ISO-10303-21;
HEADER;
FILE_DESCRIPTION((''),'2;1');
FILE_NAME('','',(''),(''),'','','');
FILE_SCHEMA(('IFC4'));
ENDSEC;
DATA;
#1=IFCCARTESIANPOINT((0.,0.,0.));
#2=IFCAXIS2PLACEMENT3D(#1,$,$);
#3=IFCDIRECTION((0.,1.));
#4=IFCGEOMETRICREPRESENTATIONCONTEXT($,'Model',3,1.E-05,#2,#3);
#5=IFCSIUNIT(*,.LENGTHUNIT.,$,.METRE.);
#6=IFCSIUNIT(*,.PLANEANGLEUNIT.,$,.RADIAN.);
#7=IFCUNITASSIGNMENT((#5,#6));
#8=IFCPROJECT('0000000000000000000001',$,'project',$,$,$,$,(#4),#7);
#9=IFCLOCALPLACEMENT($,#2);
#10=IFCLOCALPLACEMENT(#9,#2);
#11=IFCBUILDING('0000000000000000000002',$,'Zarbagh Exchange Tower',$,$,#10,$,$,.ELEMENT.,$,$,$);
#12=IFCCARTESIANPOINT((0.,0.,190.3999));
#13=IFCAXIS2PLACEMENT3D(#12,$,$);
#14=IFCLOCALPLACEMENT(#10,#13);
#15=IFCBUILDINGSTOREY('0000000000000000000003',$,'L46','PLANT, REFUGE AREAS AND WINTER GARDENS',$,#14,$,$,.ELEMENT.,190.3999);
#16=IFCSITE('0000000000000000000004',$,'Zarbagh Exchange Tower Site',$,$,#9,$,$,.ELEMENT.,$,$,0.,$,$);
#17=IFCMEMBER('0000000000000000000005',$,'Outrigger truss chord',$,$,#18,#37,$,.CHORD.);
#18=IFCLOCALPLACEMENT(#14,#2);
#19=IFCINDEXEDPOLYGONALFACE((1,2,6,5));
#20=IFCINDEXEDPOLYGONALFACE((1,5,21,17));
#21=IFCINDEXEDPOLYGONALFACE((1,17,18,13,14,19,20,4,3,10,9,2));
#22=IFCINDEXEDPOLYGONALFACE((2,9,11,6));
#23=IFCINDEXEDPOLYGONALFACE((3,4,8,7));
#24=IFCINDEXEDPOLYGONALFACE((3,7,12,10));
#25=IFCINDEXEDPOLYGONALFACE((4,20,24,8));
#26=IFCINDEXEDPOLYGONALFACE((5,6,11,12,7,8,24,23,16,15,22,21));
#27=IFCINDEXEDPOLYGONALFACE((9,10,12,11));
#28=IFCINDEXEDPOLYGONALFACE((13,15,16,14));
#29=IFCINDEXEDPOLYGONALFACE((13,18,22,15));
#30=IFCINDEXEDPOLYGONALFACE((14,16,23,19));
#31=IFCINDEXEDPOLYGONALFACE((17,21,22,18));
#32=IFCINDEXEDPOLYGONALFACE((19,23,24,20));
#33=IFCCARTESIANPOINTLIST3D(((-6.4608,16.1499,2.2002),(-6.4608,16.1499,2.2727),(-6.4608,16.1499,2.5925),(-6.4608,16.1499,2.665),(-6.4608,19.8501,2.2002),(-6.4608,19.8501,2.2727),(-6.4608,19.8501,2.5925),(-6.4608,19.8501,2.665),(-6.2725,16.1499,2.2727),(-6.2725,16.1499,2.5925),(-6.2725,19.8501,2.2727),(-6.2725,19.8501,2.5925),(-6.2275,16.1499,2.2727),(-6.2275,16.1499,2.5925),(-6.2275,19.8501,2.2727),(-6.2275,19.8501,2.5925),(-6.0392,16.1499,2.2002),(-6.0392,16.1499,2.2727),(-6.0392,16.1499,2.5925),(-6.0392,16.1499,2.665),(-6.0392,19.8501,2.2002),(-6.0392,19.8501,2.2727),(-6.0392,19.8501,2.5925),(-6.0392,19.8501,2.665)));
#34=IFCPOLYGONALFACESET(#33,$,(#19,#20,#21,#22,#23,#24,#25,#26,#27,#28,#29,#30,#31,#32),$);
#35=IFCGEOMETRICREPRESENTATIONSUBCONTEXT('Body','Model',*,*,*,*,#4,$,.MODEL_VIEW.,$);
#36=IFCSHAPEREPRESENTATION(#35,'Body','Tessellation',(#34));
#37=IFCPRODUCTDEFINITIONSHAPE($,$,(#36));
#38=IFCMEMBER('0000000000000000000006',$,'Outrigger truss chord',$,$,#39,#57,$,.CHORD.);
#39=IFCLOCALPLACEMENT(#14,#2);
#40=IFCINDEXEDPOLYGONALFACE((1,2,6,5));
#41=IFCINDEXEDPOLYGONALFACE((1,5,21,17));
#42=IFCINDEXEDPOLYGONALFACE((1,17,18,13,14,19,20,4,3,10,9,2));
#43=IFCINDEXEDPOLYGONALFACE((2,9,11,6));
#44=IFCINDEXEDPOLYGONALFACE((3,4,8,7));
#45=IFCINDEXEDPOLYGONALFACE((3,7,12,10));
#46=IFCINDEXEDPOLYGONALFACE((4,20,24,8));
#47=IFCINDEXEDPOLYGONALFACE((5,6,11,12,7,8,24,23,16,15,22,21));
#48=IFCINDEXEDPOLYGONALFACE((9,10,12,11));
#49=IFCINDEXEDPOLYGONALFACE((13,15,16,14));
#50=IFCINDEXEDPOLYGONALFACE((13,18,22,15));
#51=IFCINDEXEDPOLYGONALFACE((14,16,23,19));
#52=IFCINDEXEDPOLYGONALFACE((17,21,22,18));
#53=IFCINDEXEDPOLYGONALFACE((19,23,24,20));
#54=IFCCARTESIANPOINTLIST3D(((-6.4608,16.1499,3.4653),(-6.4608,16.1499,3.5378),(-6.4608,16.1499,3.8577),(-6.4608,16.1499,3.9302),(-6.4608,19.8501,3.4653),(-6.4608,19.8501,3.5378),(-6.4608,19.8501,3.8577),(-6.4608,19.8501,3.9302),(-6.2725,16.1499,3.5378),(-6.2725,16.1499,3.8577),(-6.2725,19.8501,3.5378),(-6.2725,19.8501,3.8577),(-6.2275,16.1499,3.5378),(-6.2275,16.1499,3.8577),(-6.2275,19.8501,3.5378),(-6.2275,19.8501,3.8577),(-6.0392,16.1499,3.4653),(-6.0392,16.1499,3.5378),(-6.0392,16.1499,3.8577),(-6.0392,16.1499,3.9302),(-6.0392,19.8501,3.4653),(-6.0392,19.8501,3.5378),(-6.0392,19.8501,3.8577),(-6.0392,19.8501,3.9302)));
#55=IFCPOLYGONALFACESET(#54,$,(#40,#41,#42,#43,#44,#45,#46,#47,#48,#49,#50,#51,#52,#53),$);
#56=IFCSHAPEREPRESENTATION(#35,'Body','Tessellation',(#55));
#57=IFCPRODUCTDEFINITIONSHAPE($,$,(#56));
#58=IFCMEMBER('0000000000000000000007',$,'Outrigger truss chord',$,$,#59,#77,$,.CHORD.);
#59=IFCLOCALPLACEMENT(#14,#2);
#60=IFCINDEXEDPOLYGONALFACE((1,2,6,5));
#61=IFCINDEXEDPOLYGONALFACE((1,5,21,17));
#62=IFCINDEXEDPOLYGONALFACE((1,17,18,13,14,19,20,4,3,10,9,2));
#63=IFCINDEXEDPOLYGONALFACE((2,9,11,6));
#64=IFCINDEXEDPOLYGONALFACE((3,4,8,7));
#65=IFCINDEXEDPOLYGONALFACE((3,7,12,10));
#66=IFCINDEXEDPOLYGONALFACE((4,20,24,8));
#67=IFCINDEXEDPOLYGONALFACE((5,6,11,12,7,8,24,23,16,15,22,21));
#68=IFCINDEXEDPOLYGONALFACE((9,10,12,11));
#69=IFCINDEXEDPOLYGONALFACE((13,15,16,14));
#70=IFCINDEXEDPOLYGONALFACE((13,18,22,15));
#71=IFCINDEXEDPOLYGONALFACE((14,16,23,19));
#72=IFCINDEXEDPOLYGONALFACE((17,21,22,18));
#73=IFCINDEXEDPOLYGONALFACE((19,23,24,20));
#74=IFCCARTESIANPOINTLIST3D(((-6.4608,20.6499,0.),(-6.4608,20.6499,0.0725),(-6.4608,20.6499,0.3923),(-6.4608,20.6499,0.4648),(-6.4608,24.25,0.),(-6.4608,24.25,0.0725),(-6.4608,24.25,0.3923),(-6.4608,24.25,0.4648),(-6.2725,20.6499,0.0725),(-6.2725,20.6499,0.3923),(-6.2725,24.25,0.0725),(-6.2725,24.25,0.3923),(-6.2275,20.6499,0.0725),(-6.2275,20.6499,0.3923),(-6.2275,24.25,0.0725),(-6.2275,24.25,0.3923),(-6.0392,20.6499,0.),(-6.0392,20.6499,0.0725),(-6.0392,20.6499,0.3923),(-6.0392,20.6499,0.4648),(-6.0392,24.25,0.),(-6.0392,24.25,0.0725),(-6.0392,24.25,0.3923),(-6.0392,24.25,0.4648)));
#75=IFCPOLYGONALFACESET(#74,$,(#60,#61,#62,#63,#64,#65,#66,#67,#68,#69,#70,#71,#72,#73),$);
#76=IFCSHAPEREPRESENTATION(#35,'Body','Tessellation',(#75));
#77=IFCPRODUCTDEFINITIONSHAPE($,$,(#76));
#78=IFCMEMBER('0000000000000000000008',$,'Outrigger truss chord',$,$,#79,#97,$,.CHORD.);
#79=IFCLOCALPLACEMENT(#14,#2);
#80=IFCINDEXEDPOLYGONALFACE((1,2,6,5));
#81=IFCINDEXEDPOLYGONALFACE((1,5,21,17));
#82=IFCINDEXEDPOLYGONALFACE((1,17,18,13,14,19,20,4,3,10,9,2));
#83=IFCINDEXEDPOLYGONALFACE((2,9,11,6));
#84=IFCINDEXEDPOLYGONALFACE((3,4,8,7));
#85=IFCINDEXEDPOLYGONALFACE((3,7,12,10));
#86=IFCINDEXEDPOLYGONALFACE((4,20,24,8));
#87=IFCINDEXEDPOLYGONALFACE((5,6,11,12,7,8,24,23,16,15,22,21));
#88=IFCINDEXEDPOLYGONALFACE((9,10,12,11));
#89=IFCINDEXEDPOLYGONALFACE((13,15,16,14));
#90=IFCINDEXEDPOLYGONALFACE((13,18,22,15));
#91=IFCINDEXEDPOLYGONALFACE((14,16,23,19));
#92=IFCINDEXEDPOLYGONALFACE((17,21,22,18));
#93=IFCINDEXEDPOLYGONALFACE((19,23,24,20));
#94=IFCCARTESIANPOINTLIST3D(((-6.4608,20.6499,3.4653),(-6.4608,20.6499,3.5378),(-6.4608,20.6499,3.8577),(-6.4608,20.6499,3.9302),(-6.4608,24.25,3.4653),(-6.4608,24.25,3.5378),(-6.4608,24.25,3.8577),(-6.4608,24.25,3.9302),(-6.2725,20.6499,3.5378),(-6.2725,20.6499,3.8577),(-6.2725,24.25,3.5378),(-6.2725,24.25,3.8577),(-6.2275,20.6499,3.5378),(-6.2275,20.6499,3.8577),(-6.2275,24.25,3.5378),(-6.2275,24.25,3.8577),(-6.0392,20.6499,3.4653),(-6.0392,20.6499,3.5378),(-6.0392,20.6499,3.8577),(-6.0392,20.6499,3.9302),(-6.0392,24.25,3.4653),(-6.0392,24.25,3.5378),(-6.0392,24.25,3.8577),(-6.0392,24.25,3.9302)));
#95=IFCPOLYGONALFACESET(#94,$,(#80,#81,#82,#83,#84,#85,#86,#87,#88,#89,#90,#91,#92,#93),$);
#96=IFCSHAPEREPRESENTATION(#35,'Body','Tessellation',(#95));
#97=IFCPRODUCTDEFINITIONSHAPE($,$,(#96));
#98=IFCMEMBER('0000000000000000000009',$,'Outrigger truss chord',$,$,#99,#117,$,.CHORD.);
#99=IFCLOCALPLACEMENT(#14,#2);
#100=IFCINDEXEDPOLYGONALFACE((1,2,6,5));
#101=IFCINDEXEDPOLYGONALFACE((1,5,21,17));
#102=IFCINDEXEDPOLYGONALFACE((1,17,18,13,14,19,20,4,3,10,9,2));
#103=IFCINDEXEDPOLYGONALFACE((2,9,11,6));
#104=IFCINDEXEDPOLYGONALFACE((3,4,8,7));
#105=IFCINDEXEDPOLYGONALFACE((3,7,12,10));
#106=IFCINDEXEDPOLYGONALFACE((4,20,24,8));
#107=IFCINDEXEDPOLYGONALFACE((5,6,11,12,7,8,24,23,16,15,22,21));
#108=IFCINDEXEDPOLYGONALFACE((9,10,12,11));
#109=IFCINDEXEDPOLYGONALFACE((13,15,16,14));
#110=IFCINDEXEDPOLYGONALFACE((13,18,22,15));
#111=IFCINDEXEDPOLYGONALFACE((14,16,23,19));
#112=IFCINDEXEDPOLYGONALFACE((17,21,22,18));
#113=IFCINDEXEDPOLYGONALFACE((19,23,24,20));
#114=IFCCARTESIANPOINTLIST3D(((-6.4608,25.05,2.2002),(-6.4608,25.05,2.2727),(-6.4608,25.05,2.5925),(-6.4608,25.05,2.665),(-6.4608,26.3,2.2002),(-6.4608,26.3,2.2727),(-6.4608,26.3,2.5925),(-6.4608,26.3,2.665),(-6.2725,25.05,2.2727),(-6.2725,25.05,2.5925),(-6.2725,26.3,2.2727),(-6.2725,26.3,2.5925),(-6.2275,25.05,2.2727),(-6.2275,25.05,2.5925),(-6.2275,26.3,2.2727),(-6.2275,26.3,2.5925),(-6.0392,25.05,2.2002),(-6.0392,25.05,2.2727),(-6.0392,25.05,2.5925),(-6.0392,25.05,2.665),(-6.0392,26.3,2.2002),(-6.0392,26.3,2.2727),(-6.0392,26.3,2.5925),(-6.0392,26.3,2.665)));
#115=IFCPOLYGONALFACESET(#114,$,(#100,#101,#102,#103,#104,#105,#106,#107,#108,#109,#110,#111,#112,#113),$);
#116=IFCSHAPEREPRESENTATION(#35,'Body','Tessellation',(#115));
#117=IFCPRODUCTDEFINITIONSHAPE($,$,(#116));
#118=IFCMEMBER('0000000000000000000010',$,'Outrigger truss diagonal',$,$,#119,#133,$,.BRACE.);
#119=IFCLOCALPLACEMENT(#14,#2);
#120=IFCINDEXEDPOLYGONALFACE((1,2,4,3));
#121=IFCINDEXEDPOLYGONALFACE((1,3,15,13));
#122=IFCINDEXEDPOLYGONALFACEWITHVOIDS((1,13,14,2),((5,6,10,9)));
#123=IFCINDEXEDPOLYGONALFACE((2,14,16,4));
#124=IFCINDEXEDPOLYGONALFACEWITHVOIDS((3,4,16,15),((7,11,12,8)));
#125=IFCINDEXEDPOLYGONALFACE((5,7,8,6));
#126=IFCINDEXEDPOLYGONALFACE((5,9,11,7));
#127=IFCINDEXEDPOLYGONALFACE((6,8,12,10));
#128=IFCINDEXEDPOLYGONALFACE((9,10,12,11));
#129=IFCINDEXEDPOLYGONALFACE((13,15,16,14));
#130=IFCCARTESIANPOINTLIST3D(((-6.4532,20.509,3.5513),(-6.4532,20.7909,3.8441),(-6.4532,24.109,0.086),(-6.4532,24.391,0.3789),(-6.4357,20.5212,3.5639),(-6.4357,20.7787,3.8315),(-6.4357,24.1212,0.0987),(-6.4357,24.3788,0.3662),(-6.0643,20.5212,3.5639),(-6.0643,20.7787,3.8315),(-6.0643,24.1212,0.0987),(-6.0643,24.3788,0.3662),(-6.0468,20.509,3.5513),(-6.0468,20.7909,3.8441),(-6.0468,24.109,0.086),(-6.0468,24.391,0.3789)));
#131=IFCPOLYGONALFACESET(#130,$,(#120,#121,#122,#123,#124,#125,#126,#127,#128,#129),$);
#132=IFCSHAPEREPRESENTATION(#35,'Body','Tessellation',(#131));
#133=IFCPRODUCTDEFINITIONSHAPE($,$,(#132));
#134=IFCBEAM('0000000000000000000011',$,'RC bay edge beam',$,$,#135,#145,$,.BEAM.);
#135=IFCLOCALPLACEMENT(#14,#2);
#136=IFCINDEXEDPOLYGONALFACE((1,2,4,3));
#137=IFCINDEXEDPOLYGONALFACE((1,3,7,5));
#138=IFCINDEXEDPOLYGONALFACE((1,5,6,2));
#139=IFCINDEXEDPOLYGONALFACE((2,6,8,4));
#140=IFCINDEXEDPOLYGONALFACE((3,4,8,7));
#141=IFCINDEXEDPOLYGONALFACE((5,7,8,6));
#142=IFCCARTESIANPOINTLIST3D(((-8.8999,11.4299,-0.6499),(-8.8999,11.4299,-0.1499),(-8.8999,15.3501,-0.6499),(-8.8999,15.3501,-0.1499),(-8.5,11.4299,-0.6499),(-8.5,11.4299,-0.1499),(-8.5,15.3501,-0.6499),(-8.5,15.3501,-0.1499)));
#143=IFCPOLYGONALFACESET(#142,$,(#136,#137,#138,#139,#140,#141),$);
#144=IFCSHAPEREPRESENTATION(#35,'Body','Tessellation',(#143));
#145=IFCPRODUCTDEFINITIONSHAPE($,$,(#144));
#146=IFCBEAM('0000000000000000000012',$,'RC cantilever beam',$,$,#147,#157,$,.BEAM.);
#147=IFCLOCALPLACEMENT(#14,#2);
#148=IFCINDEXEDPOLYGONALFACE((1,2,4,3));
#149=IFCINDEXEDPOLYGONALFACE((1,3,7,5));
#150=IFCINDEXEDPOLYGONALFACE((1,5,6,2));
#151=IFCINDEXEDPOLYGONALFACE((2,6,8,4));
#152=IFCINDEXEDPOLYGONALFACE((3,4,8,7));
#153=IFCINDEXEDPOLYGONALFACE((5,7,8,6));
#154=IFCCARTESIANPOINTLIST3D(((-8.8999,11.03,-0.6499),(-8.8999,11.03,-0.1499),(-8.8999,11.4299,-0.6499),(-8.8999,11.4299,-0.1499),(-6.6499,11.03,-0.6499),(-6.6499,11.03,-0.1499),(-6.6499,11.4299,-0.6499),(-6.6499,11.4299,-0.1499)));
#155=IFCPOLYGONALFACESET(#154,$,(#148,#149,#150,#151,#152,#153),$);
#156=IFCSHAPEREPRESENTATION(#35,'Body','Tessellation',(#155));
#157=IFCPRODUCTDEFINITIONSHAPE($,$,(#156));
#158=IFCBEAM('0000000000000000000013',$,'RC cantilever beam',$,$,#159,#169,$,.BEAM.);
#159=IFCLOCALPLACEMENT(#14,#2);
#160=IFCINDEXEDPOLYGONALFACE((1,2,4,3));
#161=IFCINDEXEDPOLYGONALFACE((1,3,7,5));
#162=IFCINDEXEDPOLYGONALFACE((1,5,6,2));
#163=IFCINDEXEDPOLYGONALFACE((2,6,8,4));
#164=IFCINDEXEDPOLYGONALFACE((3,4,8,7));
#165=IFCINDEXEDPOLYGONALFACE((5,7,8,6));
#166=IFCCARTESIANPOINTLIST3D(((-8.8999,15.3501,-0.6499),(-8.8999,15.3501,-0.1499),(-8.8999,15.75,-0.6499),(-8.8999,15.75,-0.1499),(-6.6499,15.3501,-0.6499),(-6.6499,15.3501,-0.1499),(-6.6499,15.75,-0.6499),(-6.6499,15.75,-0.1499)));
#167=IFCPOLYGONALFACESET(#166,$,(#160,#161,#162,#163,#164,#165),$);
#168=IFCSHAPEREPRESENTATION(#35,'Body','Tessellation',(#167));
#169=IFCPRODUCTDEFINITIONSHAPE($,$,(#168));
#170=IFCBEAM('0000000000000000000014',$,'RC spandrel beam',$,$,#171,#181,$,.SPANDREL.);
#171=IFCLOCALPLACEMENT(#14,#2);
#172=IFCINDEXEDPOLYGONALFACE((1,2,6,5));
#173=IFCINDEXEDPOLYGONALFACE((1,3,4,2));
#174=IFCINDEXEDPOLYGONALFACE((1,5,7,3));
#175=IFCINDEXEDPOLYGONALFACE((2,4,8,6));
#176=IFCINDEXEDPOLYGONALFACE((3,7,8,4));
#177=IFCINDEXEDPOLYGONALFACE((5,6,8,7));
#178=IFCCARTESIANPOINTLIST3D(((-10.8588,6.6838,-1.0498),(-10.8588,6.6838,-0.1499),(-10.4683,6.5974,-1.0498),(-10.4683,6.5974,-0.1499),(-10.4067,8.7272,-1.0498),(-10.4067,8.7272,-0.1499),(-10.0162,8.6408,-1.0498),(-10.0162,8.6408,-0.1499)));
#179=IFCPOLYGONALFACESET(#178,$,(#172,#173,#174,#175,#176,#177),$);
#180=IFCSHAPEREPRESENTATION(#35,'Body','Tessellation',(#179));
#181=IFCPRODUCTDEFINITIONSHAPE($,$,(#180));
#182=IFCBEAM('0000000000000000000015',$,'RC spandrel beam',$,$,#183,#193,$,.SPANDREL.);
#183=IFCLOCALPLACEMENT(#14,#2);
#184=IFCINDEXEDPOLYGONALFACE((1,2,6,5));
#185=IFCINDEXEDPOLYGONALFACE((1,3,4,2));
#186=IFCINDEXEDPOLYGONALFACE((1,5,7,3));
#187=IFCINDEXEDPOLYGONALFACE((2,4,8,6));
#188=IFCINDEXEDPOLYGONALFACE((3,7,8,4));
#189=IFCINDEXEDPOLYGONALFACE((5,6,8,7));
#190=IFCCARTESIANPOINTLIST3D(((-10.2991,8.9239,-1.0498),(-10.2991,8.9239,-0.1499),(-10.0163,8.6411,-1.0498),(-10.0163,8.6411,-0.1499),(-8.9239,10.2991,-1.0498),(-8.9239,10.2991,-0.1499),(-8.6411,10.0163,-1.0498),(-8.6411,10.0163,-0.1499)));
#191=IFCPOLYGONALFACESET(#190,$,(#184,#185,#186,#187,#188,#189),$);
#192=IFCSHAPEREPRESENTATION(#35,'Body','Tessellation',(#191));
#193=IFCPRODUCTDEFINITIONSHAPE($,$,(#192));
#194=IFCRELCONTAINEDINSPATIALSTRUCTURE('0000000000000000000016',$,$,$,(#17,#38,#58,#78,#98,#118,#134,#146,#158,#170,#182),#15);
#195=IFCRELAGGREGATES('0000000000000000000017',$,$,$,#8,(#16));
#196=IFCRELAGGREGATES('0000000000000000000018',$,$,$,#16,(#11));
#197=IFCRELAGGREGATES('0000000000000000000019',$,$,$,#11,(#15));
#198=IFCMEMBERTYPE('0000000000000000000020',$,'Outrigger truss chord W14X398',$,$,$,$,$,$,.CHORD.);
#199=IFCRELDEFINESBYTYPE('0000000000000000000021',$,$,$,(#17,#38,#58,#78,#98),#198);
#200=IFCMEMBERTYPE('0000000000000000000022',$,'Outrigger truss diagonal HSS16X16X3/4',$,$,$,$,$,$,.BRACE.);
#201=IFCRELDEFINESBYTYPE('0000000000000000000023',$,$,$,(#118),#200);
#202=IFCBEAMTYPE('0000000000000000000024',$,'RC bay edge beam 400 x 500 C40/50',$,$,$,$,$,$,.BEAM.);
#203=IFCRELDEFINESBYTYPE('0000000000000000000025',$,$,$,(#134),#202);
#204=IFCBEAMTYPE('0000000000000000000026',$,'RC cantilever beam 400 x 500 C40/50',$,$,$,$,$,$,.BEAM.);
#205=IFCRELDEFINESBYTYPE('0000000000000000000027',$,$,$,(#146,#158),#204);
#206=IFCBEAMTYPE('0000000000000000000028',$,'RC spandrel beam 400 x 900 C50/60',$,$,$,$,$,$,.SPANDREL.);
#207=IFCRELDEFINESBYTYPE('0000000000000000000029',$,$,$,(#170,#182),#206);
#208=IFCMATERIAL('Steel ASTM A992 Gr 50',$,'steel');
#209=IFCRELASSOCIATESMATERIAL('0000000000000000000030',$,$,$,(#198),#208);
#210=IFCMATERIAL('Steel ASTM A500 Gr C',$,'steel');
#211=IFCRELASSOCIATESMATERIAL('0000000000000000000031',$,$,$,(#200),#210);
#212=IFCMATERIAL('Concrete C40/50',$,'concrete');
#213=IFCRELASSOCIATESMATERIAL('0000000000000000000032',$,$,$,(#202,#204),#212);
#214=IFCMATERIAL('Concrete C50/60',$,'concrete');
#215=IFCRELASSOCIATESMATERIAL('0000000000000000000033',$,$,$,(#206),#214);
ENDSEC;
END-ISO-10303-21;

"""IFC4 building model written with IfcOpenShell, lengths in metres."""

from ifc_helpers import new_model, si_unit, direction, frame, origin, origin_2d, place, context, subcontext, project, spatial, rectangle, hollow_rectangle, i_section, extrude, material, material_profile, profile_set, type_object, element, save


model = new_model("IFC4")

# Units and contexts
model_context = context("Model", 3, precision=1e-05, world=origin(), true_north=direction((0.0, 1.0)))
body_context = subcontext(model_context, "Body", "Model", "MODEL_VIEW")
ifc_project = project(units=[si_unit("LENGTHUNIT", "METRE"), si_unit("PLANEANGLEUNIT", "RADIAN")], contexts=[model_context])

# Site, building, storey
site_placement = place(None, origin())
site = spatial("IfcSite", under=ifc_project, at=site_placement, Name="Zarbagh Exchange Tower Site", CompositionType="ELEMENT", RefElevation=0.0)
building_placement = place(site_placement, origin())
building = spatial("IfcBuilding", under=site, at=building_placement, Name="Zarbagh Exchange Tower", CompositionType="ELEMENT")
storey_placement = place(building_placement, frame((0.0, 0.0, 190.3999)))
storey = spatial("IfcBuildingStorey", under=building, at=storey_placement, Name="L46", Description="PLANT, REFUGE AREAS AND WINTER GARDENS", CompositionType="ELEMENT", Elevation=190.3999)

# Shared definitions
ifc_material_1 = material(Name="Concrete C50/60", Category="concrete")

# Shared definitions
ifc_material_2 = material(Name="Steel ASTM A992 Gr 50", Category="steel")
ifc_material_3 = material(Name="Steel ASTM A500 Gr C", Category="steel")

# Members
ifc_material_profile_1 = material_profile(ifc_material_2, i_section(OverallWidth=0.4216, OverallDepth=0.4648, WebThickness=0.0449, FlangeThickness=0.0725, at=origin_2d()), Name="W14X398")
ifc_profile_set_1 = profile_set([ifc_material_profile_1], Name="Steel ASTM A992 Gr 50")
member_type_1 = type_object("IfcMemberType", Name="Outrigger truss chord W14X398", PredefinedType="CHORD", material=ifc_profile_set_1)
for number, where, z_axis, x_axis, name in (
    (1, (-6.25, 16.1499, 2.4326), (0.0, 1.0, 0.0), (-1.0, 0.0, 0.0), "Outrigger truss chord"),
    (2, (-6.25, 16.1499, 3.6978), (0.0, 1.0, 0.0), (-1.0, 0.0, 0.0), "Outrigger truss chord"),
):
    element("IfcMember", number, at=place(storey_placement, frame(where, z_axis=z_axis, x_axis=x_axis)), inside=storey, type_object=member_type_1, Name=name, PredefinedType="CHORD", context=body_context, shape_type="SweptSolid", body=[
        extrude(i_section(OverallWidth=0.4216, OverallDepth=0.4648, WebThickness=0.0449, FlangeThickness=0.0725, at=origin_2d()), origin(), (0.0, 0.0, 1.0), 3.7002),
    ])
for number, where, z_axis, x_axis, name in (
    (3, (-6.25, 20.6499, 0.2324), (0.0, 1.0, 0.0), (-1.0, 0.0, 0.0), "Outrigger truss chord"),
    (4, (-6.25, 20.6499, 3.6978), (0.0, 1.0, 0.0), (-1.0, 0.0, 0.0), "Outrigger truss chord"),
):
    element("IfcMember", number, at=place(storey_placement, frame(where, z_axis=z_axis, x_axis=x_axis)), inside=storey, type_object=member_type_1, Name=name, PredefinedType="CHORD", context=body_context, shape_type="SweptSolid", body=[
        extrude(i_section(OverallWidth=0.4216, OverallDepth=0.4648, WebThickness=0.0449, FlangeThickness=0.0725, at=origin_2d()), origin(), (0.0, 0.0, 1.0), 3.6001),
    ])
member_1_placement = place(storey_placement, frame((-6.25, 25.05, 2.4326), z_axis=(0.0, 1.0, 0.0), x_axis=(-1.0, 0.0, 0.0)))
element("IfcMember", 5, at=member_1_placement, inside=storey, type_object=member_type_1, Name="Outrigger truss chord", PredefinedType="CHORD", context=body_context, shape_type="SweptSolid", body=[
    extrude(i_section(OverallWidth=0.4216, OverallDepth=0.4648, WebThickness=0.0449, FlangeThickness=0.0725, at=origin_2d()), origin(), (0.0, 0.0, 1.0), 1.25),
])
ifc_material_profile_2 = material_profile(ifc_material_3, hollow_rectangle(XDim=0.4065, YDim=0.4065, WallThickness=0.0176, at=origin_2d()), Name="HSS16X16X3/4")
ifc_profile_set_2 = profile_set([ifc_material_profile_2], Name="Steel ASTM A500 Gr C")
member_type_2 = type_object("IfcMemberType", Name="Outrigger truss diagonal HSS16X16X3/4", PredefinedType="BRACE", material=ifc_profile_set_2)
member_2_placement = place(storey_placement, frame((-6.25, 24.25, 0.2324), z_axis=(0.0, -0.720463, 0.693493), x_axis=(1.0, 0.0, 0.0)))
element("IfcMember", 6, at=member_2_placement, inside=storey, type_object=member_type_2, Name="Outrigger truss diagonal", PredefinedType="BRACE", context=body_context, shape_type="SweptSolid", body=[
    extrude(hollow_rectangle(XDim=0.4065, YDim=0.4065, WallThickness=0.0176, at=origin_2d()), origin(), (0.0, 0.0, 1.0), 4.9968),
])

# Beams
ifc_material_4 = material(Name="Concrete C40/50", Category="concrete")
ifc_material_profile_3 = material_profile(ifc_material_4, rectangle(XDim=0.3999, YDim=0.5, at=origin_2d()), Name="RC bay edge beam 400 x 500 C40/50")
ifc_profile_set_3 = profile_set([ifc_material_profile_3], Name="Concrete C40/50")
beam_type_1 = type_object("IfcBeamType", Name="RC bay edge beam 400 x 500 C40/50", PredefinedType="BEAM", material=ifc_profile_set_3)
beam_1_placement = place(storey_placement, frame((-8.7, 11.4299, -0.3999), z_axis=(0.0, 1.0, 0.0), x_axis=(-1.0, 0.0, 0.0)))
element("IfcBeam", 7, at=beam_1_placement, inside=storey, type_object=beam_type_1, Name="RC bay edge beam", PredefinedType="BEAM", context=body_context, shape_type="SweptSolid", body=[
    extrude(rectangle(XDim=0.3999, YDim=0.5, at=origin_2d()), origin(), (0.0, 0.0, 1.0), 3.9202),
])
ifc_material_profile_4 = material_profile(ifc_material_4, rectangle(XDim=0.3999, YDim=0.5, at=origin_2d()), Name="RC cantilever beam 400 x 500 C40/50")
ifc_profile_set_4 = profile_set([ifc_material_profile_4], Name="Concrete C40/50")
beam_type_2 = type_object("IfcBeamType", Name="RC cantilever beam 400 x 500 C40/50", PredefinedType="BEAM", material=ifc_profile_set_4)
for number, where, z_axis, x_axis, name in (
    (8, (-6.6499, 11.23, -0.3999), (-1.0, 0.0, 0.0), (0.0, -1.0, 0.0), "RC cantilever beam"),
    (9, (-6.6499, 15.55, -0.3999), (-1.0, 0.0, 0.0), (0.0, -1.0, 0.0), "RC cantilever beam"),
):
    element("IfcBeam", number, at=place(storey_placement, frame(where, z_axis=z_axis, x_axis=x_axis)), inside=storey, type_object=beam_type_2, Name=name, PredefinedType="BEAM", context=body_context, shape_type="SweptSolid", body=[
        extrude(rectangle(XDim=0.3999, YDim=0.5, at=origin_2d()), origin(), (0.0, 0.0, 1.0), 2.25),
    ])
ifc_material_profile_5 = material_profile(ifc_material_1, rectangle(XDim=0.3999, YDim=0.8999, at=origin_2d()), Name="RC spandrel beam 400 x 900 C50/60")
ifc_profile_set_5 = profile_set([ifc_material_profile_5], Name="Concrete C50/60")
beam_type_3 = type_object("IfcBeamType", Name="RC spandrel beam 400 x 900 C50/60", PredefinedType="SPANDREL", material=ifc_profile_set_5)
beam_2_placement = place(storey_placement, frame((-10.6636, 6.6406, -0.5999), z_axis=(0.216041, 0.976384, 0.0), x_axis=(-0.976384, 0.216041, 0.0)))
element("IfcBeam", 10, at=beam_2_placement, inside=storey, type_object=beam_type_3, Name="RC spandrel beam", PredefinedType="SPANDREL", context=body_context, shape_type="SweptSolid", body=[
    extrude(rectangle(XDim=0.3999, YDim=0.8999, at=origin_2d()), origin(), (0.0, 0.0, 1.0), 2.0928),
])
beam_3_placement = place(storey_placement, frame((-10.1577, 8.7825, -0.5999), z_axis=(0.707107, 0.707107, 0.0), x_axis=(-0.707107, 0.707107, 0.0)))
element("IfcBeam", 11, at=beam_3_placement, inside=storey, type_object=beam_type_3, Name="RC spandrel beam", PredefinedType="SPANDREL", context=body_context, shape_type="SweptSolid", body=[
    extrude(rectangle(XDim=0.3999, YDim=0.8999, at=origin_2d()), origin(), (0.0, 0.0, 1.0), 1.9448),
])

save(model, "model.ifc")
